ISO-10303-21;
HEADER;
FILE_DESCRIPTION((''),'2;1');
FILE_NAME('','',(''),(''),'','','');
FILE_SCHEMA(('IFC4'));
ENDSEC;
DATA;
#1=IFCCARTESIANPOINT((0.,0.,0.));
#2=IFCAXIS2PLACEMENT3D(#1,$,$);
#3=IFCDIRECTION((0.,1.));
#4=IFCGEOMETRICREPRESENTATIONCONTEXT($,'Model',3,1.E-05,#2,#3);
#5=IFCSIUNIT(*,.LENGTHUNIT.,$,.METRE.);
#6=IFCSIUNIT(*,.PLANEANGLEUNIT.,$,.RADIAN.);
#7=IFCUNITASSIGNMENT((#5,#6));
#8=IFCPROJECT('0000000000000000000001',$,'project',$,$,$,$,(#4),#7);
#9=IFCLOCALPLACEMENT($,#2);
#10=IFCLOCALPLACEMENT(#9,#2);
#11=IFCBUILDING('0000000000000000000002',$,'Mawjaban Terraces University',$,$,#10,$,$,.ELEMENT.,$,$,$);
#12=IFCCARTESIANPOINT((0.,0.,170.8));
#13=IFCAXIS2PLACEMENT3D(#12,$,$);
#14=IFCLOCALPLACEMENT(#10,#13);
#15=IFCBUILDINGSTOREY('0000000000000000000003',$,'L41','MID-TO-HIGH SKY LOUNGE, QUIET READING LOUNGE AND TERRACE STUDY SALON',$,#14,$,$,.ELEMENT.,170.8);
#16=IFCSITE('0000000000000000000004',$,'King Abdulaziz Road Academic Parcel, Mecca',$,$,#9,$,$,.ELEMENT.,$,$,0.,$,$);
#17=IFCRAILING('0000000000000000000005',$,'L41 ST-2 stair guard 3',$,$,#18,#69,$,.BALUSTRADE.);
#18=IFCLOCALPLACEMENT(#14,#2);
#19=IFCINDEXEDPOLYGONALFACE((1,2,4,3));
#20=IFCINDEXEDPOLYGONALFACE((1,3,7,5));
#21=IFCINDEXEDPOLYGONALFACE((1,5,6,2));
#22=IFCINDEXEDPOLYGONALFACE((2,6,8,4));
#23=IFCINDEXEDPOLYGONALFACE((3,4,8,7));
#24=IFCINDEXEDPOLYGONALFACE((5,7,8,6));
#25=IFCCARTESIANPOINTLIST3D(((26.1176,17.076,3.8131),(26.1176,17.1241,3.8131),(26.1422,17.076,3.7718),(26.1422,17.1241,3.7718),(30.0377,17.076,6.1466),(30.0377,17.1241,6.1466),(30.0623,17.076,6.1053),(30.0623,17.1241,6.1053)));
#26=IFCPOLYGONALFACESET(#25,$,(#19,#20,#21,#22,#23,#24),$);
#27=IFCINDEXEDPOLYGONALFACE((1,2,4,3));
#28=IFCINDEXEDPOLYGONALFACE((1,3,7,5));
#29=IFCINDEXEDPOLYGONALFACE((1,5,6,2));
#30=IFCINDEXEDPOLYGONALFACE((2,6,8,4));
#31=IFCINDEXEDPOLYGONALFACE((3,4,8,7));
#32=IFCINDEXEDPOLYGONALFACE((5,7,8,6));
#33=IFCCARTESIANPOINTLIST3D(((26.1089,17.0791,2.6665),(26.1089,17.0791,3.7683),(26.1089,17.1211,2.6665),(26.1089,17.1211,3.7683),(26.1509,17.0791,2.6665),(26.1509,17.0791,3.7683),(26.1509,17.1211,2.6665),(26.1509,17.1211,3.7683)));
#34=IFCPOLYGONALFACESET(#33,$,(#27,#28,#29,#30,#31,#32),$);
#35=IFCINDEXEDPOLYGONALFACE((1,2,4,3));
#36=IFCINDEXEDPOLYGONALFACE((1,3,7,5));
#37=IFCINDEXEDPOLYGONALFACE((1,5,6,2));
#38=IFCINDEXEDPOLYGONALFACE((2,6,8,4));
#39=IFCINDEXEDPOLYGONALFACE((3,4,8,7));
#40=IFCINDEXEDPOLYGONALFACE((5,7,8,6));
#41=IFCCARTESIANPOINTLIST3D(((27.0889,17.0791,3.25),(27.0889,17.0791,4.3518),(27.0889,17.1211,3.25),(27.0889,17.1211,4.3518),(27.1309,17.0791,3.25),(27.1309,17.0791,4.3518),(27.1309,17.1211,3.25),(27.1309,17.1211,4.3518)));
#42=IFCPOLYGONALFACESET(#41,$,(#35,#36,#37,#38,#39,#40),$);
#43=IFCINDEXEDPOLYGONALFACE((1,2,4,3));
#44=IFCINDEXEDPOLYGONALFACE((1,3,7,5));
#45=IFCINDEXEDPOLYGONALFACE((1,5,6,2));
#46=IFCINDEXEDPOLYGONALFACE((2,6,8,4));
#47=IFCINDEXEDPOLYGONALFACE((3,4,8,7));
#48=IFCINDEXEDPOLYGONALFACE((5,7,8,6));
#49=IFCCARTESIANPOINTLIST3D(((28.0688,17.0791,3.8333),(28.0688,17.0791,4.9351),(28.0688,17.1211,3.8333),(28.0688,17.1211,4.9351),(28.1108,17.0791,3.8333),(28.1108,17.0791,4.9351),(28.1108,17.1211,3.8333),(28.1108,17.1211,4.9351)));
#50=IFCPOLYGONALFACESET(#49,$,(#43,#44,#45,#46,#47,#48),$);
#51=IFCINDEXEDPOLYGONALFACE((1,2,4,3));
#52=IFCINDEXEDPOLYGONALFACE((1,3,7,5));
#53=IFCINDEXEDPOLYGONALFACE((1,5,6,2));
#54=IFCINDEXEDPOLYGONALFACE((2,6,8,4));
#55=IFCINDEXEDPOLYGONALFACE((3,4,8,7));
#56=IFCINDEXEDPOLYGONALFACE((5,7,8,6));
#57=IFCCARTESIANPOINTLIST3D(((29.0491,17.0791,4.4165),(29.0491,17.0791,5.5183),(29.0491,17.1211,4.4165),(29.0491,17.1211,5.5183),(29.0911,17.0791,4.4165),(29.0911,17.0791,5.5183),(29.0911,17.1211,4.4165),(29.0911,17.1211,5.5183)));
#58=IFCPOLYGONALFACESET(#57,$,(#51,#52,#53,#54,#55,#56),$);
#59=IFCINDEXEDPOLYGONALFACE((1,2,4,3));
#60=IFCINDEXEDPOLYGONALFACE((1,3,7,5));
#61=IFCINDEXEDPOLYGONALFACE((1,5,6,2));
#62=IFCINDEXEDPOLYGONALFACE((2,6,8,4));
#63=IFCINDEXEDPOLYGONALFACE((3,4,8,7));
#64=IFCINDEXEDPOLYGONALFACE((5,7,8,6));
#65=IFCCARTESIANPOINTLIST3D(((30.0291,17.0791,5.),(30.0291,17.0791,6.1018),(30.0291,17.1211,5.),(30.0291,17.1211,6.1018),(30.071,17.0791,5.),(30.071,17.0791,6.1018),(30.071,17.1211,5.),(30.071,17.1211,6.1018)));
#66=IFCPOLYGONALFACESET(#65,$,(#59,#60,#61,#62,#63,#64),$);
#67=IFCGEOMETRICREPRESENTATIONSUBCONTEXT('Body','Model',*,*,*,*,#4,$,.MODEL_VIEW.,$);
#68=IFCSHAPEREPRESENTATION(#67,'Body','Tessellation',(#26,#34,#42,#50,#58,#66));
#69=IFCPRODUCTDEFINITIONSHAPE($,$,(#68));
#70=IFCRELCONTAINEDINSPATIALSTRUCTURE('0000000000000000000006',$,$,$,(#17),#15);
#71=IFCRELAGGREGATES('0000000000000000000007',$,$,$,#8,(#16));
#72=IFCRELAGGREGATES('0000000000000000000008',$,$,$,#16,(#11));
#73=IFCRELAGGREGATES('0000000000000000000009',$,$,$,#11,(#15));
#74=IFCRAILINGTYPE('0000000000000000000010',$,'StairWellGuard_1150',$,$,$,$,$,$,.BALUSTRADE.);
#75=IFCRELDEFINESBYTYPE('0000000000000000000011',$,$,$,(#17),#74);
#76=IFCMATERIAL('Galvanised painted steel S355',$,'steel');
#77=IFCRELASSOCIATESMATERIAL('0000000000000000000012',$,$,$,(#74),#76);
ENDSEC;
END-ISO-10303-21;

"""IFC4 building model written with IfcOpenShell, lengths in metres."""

from ifc_helpers import new_model, si_unit, direction, frame, origin, origin_2d, place, context, subcontext, project, spatial, rectangle, extrude, material, type_object, element, save


model = new_model("IFC4")

# Units and contexts
model_context = context("Model", 3, precision=1e-05, world=origin(), true_north=direction((0.0, 1.0)))
body_context = subcontext(model_context, "Body", "Model", "MODEL_VIEW")
ifc_project = project(units=[si_unit("LENGTHUNIT", "METRE"), si_unit("PLANEANGLEUNIT", "RADIAN")], contexts=[model_context])

# Site, building, storey
site_placement = place(None, origin())
site = spatial("IfcSite", under=ifc_project, at=site_placement, Name="King Abdulaziz Road Academic Parcel, Mecca", CompositionType="ELEMENT", RefElevation=0.0)
building_placement = place(site_placement, origin())
building = spatial("IfcBuilding", under=site, at=building_placement, Name="Mawjaban Terraces University", CompositionType="ELEMENT")
storey_placement = place(building_placement, frame((0.0, 0.0, 170.8)))
storey = spatial("IfcBuildingStorey", under=building, at=storey_placement, Name="L41", Description="MID-TO-HIGH SKY LOUNGE, QUIET READING LOUNGE AND TERRACE STUDY SALON", CompositionType="ELEMENT", Elevation=170.8)

# Railing
ifc_material_1 = material(Name="Galvanised painted steel S355", Category="steel")
railing_type_1 = type_object("IfcRailingType", Name="StairWellGuard_1150", PredefinedType="BALUSTRADE", material=ifc_material_1)
railing_1_placement = place(storey_placement, frame((26.1299, 17.1001, 2.6665)))
element("IfcRailing", 1, at=railing_1_placement, inside=storey, type_object=railing_type_1, Name="L41 ST-2 stair guard 3", PredefinedType="BALUSTRADE", context=body_context, shape_type="SweptSolid", body=[
    extrude(rectangle(XDim=0.0481, YDim=0.0481, at=origin_2d()), frame((0.0, 0.0, 1.126), z_axis=(0.859287, 0.0, 0.511494), x_axis=(0.0, 1.0, 0.0)), (0.0, 0.0, 1.0), 4.562),
    extrude(rectangle(XDim=0.042, YDim=0.042, at=origin_2d()), origin(), (0.0, 0.0, 1.0), 1.1018),
    extrude(rectangle(XDim=0.042, YDim=0.042, at=origin_2d()), frame((0.98, 0.0, 0.5835)), (0.0, 0.0, 1.0), 1.1018),
    extrude(rectangle(XDim=0.042, YDim=0.042, at=origin_2d()), frame((1.96, 0.0, 1.1667)), (0.0, 0.0, 1.0), 1.1018),
    extrude(rectangle(XDim=0.042, YDim=0.042, at=origin_2d()), frame((2.9402, 0.0, 1.75)), (0.0, 0.0, 1.0), 1.1018),
    extrude(rectangle(XDim=0.042, YDim=0.042, at=origin_2d()), frame((3.9202, 0.0, 2.3335)), (0.0, 0.0, 1.0), 1.1018),
])

save(model, "model.ifc")
